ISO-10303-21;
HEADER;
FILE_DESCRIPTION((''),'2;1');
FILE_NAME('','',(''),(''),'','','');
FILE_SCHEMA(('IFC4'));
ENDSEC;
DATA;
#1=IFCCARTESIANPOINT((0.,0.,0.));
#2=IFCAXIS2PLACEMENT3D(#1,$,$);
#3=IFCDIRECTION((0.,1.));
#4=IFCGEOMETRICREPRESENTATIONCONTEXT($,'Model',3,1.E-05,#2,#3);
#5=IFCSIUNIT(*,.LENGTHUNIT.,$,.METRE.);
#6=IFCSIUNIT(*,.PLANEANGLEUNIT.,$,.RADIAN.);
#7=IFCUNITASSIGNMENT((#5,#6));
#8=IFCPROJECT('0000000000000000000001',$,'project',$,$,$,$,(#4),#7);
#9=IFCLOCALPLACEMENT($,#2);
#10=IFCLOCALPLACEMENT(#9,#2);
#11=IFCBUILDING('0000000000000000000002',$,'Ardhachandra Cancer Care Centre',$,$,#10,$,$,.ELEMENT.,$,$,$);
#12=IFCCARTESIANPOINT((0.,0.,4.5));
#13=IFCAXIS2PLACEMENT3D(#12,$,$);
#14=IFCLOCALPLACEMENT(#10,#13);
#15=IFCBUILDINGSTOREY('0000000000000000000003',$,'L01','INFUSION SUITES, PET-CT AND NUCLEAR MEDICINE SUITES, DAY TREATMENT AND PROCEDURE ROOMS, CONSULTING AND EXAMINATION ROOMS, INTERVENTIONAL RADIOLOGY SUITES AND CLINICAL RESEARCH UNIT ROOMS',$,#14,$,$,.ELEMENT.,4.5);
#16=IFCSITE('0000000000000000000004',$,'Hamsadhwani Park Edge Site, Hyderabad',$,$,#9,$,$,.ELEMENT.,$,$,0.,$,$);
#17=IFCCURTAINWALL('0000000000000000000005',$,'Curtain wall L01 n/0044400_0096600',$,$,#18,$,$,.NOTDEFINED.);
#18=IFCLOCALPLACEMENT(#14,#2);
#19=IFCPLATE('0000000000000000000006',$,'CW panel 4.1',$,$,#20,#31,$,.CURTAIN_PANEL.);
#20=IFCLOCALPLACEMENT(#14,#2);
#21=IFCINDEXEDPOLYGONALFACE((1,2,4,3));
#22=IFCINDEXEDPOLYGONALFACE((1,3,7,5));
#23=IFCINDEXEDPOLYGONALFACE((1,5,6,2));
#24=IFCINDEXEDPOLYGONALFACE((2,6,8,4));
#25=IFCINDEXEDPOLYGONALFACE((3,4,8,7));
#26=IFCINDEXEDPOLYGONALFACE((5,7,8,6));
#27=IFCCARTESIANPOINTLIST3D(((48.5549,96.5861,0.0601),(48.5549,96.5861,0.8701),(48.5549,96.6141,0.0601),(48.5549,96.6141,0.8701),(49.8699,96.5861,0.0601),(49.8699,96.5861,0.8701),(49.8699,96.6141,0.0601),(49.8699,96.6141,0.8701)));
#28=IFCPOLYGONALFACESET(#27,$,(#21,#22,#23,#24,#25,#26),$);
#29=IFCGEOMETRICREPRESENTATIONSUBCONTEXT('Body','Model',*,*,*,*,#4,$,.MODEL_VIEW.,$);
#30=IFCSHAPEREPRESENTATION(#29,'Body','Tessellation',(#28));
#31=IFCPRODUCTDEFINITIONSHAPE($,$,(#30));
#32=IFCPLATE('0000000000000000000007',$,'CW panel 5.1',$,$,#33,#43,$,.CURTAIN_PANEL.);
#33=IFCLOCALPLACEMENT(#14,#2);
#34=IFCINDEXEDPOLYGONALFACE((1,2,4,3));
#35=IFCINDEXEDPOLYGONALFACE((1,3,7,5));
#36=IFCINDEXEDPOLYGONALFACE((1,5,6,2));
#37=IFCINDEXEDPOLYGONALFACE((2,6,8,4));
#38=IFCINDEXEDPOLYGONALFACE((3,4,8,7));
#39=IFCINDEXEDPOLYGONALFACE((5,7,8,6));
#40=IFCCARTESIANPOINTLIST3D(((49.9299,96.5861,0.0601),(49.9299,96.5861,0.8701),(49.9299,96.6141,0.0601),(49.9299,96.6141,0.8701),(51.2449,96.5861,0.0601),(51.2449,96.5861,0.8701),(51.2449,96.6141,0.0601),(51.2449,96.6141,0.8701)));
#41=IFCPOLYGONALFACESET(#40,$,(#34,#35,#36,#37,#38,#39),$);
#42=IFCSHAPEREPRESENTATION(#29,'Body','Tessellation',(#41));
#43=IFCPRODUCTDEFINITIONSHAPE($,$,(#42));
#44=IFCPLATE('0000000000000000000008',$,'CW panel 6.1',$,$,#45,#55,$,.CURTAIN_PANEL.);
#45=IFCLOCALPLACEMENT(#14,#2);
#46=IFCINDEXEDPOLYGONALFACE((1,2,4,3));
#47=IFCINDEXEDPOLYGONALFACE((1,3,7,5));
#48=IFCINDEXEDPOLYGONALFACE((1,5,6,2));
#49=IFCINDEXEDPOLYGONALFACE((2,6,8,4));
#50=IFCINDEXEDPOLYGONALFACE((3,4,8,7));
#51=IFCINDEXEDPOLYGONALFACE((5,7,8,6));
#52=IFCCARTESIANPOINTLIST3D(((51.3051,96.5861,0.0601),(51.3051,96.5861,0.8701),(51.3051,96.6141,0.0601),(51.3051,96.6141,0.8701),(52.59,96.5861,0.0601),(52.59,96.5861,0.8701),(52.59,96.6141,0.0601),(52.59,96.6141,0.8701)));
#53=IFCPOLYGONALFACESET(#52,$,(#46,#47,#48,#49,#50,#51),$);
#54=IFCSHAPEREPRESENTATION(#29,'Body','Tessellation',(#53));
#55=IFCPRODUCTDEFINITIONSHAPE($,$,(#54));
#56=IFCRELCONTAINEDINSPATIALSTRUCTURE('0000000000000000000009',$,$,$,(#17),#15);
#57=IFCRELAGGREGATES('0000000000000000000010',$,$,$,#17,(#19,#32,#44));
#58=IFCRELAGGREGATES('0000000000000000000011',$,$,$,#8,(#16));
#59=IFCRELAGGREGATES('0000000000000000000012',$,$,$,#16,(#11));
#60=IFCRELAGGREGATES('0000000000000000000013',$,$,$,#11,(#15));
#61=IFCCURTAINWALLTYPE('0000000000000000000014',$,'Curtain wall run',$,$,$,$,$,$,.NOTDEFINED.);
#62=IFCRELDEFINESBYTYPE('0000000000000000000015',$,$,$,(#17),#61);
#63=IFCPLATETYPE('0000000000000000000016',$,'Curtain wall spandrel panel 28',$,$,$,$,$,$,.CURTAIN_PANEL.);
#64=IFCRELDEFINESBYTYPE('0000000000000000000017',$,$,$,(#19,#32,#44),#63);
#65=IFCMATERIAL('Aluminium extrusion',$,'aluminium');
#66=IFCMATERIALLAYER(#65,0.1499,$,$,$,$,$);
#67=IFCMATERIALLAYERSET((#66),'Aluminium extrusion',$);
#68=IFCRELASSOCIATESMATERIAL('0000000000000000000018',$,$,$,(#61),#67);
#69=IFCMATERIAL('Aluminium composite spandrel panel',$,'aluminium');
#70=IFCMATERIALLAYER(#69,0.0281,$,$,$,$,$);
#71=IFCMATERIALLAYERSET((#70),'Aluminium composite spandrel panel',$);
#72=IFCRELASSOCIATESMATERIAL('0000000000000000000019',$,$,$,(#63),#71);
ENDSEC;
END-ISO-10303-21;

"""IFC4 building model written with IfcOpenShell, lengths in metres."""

from ifc_helpers import new_model, si_unit, direction, frame, origin, origin_2d, place, context, subcontext, project, spatial, rectangle, extrude, material, layer, layer_set, type_object, element, aggregate, save


model = new_model("IFC4")

# Units and contexts
model_context = context("Model", 3, precision=1e-05, world=origin(), true_north=direction((0.0, 1.0)))
body_context = subcontext(model_context, "Body", "Model", "MODEL_VIEW")
ifc_project = project(units=[si_unit("LENGTHUNIT", "METRE"), si_unit("PLANEANGLEUNIT", "RADIAN")], contexts=[model_context])

# Site, building, storey
site_placement = place(None, origin())
site = spatial("IfcSite", under=ifc_project, at=site_placement, Name="Hamsadhwani Park Edge Site, Hyderabad", CompositionType="ELEMENT", RefElevation=0.0)
building_placement = place(site_placement, origin())
building = spatial("IfcBuilding", under=site, at=building_placement, Name="Ardhachandra Cancer Care Centre", CompositionType="ELEMENT")
storey_placement = place(building_placement, frame((0.0, 0.0, 4.5)))
storey = spatial("IfcBuildingStorey", under=building, at=storey_placement, Name="L01", Description="INFUSION SUITES, PET-CT AND NUCLEAR MEDICINE SUITES, DAY TREATMENT AND PROCEDURE ROOMS, CONSULTING AND EXAMINATION ROOMS, INTERVENTIONAL RADIOLOGY SUITES AND CLINICAL RESEARCH UNIT ROOMS", CompositionType="ELEMENT", Elevation=4.5)

# Curtain wall, plates
ifc_material_1 = material(Name="Aluminium extrusion", Category="aluminium")
ifc_layer_1 = layer(ifc_material_1, 0.1499)
ifc_layer_set_1 = layer_set([ifc_layer_1], Name="Aluminium extrusion")
curtain_wall_type = type_object("IfcCurtainWallType", Name="Curtain wall run", PredefinedType="NOTDEFINED", material=ifc_layer_set_1)
curtain_wall_placement = place(storey_placement, origin())
curtain_wall = element("IfcCurtainWall", 1, at=curtain_wall_placement, inside=storey, type_object=curtain_wall_type, Name="Curtain wall L01 n/0044400_0096600", PredefinedType="NOTDEFINED")
ifc_material_2 = material(Name="Aluminium composite spandrel panel", Category="aluminium")
ifc_layer_2 = layer(ifc_material_2, 0.0281)
ifc_layer_set_2 = layer_set([ifc_layer_2], Name="Aluminium composite spandrel panel")
plate_type_1 = type_object("IfcPlateType", Name="Curtain wall spandrel panel 28", PredefinedType="CURTAIN_PANEL", material=ifc_layer_set_2)
plate_1_placement = place(storey_placement, frame((49.2124, 96.6001, 0.0601), z_axis=(0.0, 0.0, 1.0), x_axis=(1.0, 0.0, 0.0)))
plate_1 = element("IfcPlate", 2, at=plate_1_placement, type_object=plate_type_1, Name="CW panel 4.1", PredefinedType="CURTAIN_PANEL", context=body_context, shape_type="SweptSolid", body=[
    extrude(rectangle(XDim=1.3149, YDim=0.0281, at=origin_2d()), origin(), (0.0, 0.0, 1.0), 0.8101),
])
plate_2_placement = place(storey_placement, frame((50.5874, 96.6001, 0.0601), z_axis=(0.0, 0.0, 1.0), x_axis=(1.0, 0.0, 0.0)))
plate_2 = element("IfcPlate", 3, at=plate_2_placement, type_object=plate_type_1, Name="CW panel 5.1", PredefinedType="CURTAIN_PANEL", context=body_context, shape_type="SweptSolid", body=[
    extrude(rectangle(XDim=1.3149, YDim=0.0281, at=origin_2d()), origin(), (0.0, 0.0, 1.0), 0.8101),
])
plate_3_placement = place(storey_placement, frame((51.9475, 96.6001, 0.0601), z_axis=(0.0, 0.0, 1.0), x_axis=(1.0, 0.0, 0.0)))
plate_3 = element("IfcPlate", 4, at=plate_3_placement, type_object=plate_type_1, Name="CW panel 6.1", PredefinedType="CURTAIN_PANEL", context=body_context, shape_type="SweptSolid", body=[
    extrude(rectangle(XDim=1.2849, YDim=0.0281, at=origin_2d()), origin(), (0.0, 0.0, 1.0), 0.8101),
])
aggregate(curtain_wall, [plate_1, plate_2, plate_3])

save(model, "model.ifc")
